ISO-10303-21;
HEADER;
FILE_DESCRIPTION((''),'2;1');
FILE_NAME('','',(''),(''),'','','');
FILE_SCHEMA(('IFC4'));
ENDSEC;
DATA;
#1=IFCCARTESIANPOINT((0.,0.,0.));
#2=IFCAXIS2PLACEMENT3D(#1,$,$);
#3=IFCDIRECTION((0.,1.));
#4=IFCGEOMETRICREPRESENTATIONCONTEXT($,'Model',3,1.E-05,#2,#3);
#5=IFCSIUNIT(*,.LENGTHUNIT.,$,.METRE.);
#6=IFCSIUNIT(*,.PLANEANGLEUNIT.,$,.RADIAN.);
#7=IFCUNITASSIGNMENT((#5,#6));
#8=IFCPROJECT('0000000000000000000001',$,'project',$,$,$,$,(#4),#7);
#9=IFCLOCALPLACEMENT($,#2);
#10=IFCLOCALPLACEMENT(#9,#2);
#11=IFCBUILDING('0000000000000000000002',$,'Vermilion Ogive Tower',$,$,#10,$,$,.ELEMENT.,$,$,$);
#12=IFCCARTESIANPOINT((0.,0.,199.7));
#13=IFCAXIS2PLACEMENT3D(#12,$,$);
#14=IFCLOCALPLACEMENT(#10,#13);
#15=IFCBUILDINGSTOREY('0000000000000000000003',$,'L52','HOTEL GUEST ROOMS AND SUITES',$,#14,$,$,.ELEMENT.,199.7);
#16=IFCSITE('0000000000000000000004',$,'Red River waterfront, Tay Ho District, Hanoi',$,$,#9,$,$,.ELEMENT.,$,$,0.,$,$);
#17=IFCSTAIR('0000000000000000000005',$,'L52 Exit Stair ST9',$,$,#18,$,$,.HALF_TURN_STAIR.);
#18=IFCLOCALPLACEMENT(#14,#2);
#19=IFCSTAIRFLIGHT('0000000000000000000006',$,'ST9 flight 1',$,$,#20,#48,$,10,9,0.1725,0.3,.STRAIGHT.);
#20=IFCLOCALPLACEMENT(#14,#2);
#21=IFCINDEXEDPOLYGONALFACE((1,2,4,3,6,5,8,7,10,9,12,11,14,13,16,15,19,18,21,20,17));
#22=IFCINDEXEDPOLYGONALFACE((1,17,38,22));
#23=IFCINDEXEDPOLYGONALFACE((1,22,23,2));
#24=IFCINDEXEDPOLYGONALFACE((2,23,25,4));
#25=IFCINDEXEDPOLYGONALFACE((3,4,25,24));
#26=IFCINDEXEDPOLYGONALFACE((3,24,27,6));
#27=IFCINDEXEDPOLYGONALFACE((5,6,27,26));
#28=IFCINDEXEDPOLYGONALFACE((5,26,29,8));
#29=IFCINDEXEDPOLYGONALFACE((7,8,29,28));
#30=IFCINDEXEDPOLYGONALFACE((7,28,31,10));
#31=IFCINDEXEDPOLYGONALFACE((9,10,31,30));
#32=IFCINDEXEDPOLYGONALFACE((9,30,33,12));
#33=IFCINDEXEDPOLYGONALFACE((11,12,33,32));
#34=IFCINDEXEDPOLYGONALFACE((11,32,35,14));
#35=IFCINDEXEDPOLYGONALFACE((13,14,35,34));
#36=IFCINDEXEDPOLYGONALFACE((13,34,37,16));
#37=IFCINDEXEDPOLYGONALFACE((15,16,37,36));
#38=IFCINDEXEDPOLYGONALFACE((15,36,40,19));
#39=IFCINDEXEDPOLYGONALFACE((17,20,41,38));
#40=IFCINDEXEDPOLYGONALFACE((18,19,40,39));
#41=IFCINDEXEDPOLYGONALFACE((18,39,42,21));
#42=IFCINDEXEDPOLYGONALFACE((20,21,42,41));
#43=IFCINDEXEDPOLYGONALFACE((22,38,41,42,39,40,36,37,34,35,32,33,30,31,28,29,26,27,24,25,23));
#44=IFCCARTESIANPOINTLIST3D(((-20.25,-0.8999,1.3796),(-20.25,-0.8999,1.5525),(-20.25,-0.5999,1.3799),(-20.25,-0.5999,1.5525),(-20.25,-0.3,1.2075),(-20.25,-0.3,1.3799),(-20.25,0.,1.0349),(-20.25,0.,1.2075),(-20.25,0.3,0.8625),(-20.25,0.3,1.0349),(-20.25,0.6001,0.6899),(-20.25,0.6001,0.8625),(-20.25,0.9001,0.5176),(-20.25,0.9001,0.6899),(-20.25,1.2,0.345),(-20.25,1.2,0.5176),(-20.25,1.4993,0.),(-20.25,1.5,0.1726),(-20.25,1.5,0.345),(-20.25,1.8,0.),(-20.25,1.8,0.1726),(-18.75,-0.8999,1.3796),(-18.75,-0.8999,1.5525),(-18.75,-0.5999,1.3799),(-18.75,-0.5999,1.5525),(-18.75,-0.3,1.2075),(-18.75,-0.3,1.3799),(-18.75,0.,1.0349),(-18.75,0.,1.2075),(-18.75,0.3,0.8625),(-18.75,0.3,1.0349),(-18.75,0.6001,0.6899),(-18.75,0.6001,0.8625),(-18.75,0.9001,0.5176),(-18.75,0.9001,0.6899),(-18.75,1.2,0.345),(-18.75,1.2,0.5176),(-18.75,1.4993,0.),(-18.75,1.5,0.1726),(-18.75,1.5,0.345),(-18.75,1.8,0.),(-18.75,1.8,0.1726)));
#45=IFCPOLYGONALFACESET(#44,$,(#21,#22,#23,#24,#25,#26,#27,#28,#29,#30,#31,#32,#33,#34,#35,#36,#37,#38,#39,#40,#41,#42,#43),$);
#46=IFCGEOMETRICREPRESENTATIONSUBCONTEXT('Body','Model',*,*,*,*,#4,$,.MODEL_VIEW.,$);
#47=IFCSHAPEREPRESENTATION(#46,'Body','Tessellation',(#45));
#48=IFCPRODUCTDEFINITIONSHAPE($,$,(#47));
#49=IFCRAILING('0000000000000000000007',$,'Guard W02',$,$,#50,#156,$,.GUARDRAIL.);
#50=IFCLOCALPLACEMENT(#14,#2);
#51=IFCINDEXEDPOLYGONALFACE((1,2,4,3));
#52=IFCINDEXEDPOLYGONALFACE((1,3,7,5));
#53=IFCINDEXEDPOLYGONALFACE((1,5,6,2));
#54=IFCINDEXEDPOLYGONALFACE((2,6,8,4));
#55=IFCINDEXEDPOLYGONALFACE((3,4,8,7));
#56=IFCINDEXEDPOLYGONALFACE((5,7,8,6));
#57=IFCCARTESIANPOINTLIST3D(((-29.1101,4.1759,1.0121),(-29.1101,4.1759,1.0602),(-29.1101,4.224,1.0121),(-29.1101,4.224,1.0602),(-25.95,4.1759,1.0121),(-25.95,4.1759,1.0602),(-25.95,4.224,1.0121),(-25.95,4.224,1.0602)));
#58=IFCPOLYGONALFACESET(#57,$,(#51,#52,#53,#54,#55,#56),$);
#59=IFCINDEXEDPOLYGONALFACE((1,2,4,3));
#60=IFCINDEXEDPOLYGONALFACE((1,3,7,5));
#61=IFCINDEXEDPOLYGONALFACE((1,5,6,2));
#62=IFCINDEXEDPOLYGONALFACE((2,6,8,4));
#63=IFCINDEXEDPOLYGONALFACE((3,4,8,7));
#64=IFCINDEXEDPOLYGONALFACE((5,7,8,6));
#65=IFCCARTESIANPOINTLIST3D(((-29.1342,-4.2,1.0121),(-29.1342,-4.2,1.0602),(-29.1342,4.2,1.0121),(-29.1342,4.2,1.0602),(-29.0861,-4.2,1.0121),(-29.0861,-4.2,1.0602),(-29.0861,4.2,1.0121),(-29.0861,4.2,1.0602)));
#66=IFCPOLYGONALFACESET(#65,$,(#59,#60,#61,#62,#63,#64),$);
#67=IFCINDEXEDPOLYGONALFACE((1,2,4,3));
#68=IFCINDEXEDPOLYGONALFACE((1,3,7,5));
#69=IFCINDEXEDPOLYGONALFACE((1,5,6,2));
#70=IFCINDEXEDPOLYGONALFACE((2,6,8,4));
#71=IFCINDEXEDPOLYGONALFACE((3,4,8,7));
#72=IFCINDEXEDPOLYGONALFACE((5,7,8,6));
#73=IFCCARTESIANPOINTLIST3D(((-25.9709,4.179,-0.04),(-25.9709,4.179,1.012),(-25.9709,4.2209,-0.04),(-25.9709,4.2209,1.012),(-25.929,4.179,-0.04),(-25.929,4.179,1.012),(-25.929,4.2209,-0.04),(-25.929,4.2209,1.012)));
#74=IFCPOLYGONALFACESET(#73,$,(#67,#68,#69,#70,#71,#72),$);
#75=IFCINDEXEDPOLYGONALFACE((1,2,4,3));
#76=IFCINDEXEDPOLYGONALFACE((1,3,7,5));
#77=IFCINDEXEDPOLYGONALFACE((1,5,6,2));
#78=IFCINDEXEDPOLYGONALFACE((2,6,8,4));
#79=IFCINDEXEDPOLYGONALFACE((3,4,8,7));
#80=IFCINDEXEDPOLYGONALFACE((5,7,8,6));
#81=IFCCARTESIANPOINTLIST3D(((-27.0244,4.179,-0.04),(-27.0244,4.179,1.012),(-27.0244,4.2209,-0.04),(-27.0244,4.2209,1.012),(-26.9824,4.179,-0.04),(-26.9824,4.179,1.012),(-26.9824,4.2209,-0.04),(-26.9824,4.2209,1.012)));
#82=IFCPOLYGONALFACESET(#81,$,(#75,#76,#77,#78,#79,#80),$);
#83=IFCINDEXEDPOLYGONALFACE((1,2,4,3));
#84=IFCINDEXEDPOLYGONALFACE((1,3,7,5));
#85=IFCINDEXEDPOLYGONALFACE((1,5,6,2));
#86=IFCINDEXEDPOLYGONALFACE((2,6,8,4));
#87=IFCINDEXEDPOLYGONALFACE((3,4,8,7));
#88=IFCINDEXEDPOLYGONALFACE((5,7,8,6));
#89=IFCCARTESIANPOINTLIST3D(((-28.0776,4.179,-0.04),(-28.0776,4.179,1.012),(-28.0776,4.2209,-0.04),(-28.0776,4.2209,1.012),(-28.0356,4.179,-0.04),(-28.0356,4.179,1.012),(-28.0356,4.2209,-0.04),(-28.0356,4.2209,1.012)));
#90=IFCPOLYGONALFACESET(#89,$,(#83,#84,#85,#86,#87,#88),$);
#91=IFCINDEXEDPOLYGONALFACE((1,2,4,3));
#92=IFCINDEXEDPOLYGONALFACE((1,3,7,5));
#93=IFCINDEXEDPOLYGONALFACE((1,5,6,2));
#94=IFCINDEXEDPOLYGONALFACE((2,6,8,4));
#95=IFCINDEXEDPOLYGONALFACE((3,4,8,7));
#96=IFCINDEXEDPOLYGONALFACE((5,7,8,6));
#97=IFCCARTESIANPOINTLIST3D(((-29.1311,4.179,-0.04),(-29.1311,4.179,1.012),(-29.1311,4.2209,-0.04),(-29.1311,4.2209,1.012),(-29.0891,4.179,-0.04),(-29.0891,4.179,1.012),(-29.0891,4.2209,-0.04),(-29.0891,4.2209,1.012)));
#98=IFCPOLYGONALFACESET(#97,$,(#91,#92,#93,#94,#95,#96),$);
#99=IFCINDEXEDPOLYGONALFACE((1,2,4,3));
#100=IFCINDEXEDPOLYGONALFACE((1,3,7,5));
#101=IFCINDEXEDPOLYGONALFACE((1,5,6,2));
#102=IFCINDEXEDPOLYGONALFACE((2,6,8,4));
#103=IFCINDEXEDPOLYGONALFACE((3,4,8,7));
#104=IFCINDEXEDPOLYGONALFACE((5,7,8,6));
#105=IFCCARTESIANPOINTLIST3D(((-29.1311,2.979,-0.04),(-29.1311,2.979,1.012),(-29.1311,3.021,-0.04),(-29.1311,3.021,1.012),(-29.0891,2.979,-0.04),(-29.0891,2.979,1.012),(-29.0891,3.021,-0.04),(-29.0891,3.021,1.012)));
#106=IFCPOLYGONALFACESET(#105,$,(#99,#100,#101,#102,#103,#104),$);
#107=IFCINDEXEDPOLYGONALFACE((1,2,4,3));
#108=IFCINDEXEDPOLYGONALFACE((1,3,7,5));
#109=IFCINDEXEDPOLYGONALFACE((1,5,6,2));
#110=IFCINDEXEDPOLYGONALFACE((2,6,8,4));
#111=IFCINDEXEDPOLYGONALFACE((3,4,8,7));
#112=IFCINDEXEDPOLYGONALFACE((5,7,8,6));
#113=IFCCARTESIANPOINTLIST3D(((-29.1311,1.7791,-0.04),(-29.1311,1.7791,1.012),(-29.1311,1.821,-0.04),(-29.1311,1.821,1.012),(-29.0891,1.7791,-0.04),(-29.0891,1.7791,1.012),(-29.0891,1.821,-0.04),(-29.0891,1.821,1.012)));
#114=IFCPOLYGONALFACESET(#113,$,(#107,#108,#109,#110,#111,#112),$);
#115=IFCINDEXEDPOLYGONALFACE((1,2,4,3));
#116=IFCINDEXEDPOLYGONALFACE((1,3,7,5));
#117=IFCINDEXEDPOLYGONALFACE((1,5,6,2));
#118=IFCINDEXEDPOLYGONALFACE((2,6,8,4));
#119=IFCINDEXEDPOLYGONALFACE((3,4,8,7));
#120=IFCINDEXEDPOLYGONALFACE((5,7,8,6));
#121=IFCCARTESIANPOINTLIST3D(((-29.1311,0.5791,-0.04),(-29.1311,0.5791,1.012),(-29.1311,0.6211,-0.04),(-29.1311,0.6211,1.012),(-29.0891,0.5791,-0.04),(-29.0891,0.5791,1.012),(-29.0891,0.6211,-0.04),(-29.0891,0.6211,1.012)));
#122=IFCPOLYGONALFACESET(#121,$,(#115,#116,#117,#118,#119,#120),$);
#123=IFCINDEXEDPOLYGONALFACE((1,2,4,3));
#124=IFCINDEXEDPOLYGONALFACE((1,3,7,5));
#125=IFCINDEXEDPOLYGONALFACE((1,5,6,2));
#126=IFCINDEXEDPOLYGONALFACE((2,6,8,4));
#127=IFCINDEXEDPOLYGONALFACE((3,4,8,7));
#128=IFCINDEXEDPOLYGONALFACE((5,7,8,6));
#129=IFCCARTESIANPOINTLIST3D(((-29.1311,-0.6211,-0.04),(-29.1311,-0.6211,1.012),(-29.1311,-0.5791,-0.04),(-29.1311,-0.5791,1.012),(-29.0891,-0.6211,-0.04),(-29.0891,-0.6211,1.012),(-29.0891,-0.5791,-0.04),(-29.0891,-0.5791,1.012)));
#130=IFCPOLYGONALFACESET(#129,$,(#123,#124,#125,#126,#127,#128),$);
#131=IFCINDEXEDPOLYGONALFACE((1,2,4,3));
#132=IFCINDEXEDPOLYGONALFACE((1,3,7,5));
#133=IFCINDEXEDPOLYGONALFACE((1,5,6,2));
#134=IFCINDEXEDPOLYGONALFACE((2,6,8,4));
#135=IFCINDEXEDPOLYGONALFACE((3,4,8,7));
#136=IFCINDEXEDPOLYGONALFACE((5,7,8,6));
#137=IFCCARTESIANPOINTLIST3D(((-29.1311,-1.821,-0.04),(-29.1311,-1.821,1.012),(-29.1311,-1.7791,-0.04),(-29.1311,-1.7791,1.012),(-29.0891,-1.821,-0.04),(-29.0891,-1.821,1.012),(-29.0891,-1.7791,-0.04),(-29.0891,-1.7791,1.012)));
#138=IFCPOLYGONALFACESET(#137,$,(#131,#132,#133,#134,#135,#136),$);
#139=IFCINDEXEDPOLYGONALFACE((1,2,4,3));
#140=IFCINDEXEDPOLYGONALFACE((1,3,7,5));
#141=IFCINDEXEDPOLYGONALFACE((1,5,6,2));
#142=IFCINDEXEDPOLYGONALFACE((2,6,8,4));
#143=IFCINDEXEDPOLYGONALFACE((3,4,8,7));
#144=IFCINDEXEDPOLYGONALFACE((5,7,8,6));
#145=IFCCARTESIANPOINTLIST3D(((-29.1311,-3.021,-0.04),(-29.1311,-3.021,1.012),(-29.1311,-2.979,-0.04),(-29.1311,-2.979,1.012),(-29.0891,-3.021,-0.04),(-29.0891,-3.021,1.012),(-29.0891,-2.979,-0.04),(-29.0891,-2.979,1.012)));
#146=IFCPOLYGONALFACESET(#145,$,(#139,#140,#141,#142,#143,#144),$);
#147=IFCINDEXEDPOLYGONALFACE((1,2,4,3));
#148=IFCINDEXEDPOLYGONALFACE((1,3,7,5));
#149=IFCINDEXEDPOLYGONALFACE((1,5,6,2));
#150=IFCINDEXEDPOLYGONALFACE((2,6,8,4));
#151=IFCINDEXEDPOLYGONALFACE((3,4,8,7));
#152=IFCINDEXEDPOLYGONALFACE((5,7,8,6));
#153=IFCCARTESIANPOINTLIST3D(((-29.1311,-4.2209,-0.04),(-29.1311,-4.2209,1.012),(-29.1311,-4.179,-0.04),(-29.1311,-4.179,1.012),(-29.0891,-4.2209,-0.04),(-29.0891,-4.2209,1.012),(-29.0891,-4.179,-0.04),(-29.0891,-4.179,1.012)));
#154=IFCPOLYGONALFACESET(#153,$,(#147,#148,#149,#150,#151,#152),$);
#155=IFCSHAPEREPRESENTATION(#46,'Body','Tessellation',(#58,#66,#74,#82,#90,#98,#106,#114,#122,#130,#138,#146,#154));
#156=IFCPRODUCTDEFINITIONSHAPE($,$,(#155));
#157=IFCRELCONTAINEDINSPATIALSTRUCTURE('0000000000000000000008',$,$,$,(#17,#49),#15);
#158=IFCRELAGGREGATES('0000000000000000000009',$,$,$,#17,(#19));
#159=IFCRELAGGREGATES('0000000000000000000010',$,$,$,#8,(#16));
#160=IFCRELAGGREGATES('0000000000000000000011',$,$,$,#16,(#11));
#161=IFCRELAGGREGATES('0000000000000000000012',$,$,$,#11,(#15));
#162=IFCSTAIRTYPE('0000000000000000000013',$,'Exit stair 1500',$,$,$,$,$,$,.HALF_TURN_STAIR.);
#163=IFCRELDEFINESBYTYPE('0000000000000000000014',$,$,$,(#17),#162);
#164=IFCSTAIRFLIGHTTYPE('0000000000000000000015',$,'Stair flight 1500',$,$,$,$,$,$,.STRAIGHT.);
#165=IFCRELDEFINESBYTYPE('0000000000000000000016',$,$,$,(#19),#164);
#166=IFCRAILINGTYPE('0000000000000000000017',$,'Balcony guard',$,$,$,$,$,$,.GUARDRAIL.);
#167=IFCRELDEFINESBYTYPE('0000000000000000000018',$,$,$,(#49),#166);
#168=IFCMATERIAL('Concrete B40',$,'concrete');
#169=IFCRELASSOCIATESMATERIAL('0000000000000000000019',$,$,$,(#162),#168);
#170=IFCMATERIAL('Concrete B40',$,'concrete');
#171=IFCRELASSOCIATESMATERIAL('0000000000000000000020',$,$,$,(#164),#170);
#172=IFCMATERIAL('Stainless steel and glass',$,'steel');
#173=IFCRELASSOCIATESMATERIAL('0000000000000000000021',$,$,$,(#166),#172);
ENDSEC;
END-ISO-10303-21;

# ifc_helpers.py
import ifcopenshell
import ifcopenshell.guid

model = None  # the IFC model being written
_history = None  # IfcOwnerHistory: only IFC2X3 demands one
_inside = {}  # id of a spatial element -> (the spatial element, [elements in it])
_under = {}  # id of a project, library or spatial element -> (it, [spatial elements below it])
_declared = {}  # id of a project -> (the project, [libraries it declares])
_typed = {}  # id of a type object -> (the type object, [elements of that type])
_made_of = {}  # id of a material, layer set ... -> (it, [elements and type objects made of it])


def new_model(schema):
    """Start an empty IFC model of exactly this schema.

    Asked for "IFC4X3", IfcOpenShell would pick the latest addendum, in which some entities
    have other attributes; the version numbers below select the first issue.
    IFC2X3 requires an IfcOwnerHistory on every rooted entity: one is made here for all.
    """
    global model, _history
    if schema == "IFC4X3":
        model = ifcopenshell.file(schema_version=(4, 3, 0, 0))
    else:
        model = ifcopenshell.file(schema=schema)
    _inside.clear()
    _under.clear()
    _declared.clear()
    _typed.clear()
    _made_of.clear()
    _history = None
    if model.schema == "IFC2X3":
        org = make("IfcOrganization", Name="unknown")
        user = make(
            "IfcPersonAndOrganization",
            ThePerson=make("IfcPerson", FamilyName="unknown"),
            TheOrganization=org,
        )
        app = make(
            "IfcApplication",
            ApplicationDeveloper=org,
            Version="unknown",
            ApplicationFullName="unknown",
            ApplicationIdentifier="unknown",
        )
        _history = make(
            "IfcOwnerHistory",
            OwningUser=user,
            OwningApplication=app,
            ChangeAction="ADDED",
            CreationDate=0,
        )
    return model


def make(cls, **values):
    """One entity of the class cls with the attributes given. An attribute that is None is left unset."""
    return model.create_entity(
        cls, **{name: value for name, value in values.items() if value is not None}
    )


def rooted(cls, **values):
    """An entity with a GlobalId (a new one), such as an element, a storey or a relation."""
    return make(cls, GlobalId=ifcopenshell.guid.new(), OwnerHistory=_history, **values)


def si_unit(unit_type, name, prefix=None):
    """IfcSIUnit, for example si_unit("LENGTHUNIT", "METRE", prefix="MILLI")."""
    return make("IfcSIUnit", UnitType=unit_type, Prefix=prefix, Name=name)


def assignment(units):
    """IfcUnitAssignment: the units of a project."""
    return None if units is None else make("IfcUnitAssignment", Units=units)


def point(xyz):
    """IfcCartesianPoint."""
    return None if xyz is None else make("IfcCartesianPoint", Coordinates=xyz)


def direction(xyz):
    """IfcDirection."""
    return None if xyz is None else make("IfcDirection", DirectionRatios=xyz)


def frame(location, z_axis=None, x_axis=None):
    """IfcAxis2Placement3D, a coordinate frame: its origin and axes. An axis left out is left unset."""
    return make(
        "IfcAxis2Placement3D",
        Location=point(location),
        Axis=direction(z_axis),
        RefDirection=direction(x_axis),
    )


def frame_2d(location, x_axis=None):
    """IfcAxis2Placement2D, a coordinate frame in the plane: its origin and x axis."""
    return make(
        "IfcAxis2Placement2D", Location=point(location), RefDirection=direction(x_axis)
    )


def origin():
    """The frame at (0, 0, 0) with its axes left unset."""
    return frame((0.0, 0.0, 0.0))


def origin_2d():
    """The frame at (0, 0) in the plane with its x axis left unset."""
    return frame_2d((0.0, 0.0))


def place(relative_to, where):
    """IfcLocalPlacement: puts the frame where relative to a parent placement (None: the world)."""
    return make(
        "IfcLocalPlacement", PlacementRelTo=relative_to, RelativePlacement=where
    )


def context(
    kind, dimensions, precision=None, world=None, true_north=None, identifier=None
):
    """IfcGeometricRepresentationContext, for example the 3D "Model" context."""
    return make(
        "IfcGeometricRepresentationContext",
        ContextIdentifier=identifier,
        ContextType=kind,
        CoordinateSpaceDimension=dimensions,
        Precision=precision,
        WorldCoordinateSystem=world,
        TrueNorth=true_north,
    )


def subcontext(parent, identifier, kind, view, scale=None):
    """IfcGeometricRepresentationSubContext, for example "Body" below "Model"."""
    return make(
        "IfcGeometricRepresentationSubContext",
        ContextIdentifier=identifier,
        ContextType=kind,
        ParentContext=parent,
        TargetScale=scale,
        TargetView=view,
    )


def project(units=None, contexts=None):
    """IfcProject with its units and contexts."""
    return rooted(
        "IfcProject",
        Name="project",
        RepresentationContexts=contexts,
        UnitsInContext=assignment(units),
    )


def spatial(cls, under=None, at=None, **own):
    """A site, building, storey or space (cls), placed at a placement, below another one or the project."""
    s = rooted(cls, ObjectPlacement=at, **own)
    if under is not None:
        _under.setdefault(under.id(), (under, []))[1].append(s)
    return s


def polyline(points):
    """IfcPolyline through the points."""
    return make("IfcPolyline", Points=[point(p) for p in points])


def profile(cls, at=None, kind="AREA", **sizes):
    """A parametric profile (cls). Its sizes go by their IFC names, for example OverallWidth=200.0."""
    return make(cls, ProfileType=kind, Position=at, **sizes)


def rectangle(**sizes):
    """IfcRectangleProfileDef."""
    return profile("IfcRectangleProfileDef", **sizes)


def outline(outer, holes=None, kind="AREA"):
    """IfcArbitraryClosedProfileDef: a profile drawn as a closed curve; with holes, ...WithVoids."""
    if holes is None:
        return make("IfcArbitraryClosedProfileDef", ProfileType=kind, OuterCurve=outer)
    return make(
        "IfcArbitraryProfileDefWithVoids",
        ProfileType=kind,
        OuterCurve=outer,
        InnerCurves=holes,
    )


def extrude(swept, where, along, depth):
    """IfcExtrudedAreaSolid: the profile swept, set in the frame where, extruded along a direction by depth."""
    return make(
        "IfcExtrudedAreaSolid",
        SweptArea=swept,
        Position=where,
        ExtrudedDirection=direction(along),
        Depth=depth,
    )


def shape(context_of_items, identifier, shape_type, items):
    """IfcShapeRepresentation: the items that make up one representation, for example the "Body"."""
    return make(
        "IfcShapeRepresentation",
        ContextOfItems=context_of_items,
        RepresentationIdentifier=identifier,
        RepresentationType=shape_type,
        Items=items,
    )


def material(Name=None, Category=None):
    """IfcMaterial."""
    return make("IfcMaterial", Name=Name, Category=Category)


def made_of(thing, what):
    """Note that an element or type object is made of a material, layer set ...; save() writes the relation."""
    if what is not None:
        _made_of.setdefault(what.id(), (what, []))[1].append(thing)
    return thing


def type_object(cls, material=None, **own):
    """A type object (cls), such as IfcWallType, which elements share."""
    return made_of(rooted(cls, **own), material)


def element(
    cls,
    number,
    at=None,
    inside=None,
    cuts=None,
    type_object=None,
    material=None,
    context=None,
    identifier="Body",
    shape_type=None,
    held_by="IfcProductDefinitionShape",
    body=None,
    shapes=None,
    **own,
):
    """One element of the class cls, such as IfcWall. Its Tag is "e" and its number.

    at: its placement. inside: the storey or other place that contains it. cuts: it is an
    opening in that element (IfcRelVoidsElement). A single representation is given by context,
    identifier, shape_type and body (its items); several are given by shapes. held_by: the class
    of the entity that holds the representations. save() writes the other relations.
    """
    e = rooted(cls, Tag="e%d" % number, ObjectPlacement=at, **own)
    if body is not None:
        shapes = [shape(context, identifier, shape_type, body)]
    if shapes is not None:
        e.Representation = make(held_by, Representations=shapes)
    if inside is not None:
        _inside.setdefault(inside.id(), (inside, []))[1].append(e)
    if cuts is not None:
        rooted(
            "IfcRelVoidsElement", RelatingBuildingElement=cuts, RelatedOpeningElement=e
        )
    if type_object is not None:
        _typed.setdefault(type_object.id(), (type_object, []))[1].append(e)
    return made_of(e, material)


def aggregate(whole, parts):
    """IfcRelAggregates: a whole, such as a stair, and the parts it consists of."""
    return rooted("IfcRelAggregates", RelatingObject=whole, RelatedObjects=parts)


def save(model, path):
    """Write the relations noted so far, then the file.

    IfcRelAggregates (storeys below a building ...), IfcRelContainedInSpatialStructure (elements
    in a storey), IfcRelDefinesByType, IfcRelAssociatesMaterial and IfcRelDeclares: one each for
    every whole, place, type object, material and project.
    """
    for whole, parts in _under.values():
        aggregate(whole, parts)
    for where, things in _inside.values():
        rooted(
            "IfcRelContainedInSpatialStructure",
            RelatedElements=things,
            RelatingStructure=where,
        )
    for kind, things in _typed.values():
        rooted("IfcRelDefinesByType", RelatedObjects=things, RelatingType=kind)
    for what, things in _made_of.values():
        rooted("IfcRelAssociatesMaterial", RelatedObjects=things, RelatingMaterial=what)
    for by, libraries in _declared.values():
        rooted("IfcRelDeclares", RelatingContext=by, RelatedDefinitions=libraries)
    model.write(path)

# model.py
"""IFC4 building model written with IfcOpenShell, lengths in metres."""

from ifc_helpers import new_model, si_unit, direction, frame, origin, origin_2d, place, context, subcontext, project, spatial, polyline, rectangle, outline, extrude, material, type_object, element, aggregate, save


model = new_model("IFC4")

# Units and contexts
model_context = context("Model", 3, precision=1e-05, world=origin(), true_north=direction((0.0, 1.0)))
body_context = subcontext(model_context, "Body", "Model", "MODEL_VIEW")
ifc_project = project(units=[si_unit("LENGTHUNIT", "METRE"), si_unit("PLANEANGLEUNIT", "RADIAN")], contexts=[model_context])

# Site, building, storey
site_placement = place(None, origin())
site = spatial("IfcSite", under=ifc_project, at=site_placement, Name="Red River waterfront, Tay Ho District, Hanoi", CompositionType="ELEMENT", RefElevation=0.0)
building_placement = place(site_placement, origin())
building = spatial("IfcBuilding", under=site, at=building_placement, Name="Vermilion Ogive Tower", CompositionType="ELEMENT")
storey_placement = place(building_placement, frame((0.0, 0.0, 199.7)))
storey = spatial("IfcBuildingStorey", under=building, at=storey_placement, Name="L52", Description="HOTEL GUEST ROOMS AND SUITES", CompositionType="ELEMENT", Elevation=199.7)

# Stair, stair flight
ifc_material_1 = material(Name="Concrete B40", Category="concrete")
stair_type = type_object("IfcStairType", Name="Exit stair 1500", PredefinedType="HALF_TURN_STAIR", material=ifc_material_1)
stair_placement = place(storey_placement, origin())
stair = element("IfcStair", 1, at=stair_placement, inside=storey, type_object=stair_type, Name="L52 Exit Stair ST9", PredefinedType="HALF_TURN_STAIR")
ifc_material_2 = material(Name="Concrete B40", Category="concrete")
stair_flight_type = type_object("IfcStairFlightType", Name="Stair flight 1500", PredefinedType="STRAIGHT", material=ifc_material_2)
stair_flight_placement = place(storey_placement, frame((-19.5, 1.8, 0.0), z_axis=(0.0, 0.0, 1.0), x_axis=(0.0, -1.0, 0.0)))
stair_flight = element("IfcStairFlight", 2, at=stair_flight_placement, type_object=stair_flight_type, Name="ST9 flight 1", NumberOfRisers=10, NumberOfTreads=9, PredefinedType="STRAIGHT", RiserHeight=0.1725, TreadLength=0.3, context=body_context, shape_type="SweptSolid", body=[
    extrude(outline(polyline([(0.0, 0.0), (0.0, 0.1726), (0.3, 0.1726), (0.3, 0.345), (0.6001, 0.345), (0.6001, 0.5176), (0.8999, 0.5176), (0.8999, 0.6899), (1.2, 0.6899), (1.2, 0.8625), (1.5, 0.8625), (1.5, 1.0349), (1.8, 1.0349), (1.8, 1.2075), (2.1001, 1.2075), (2.1001, 1.3799), (2.3999, 1.3799), (2.3999, 1.5525), (2.7, 1.5525), (2.7, 1.7251), (2.7, 1.3796), (0.3008, 0.0), (0.0, 0.0)])), frame((0.0, 0.75, 0.0), z_axis=(0.0, -1.0, 0.0), x_axis=(1.0, 0.0, 0.0)), (0.0, 0.0, 1.0), 1.5),
])
aggregate(stair, [stair_flight])

# Railing
ifc_material_3 = material(Name="Stainless steel and glass", Category="steel")
railing_type_1 = type_object("IfcRailingType", Name="Balcony guard", PredefinedType="GUARDRAIL", material=ifc_material_3)
railing_1_placement = place(storey_placement, frame((-25.95, 4.2, -0.04)))
element("IfcRailing", 3, at=railing_1_placement, inside=storey, type_object=railing_type_1, Name="Guard W02", PredefinedType="GUARDRAIL", context=body_context, shape_type="SweptSolid", body=[
    extrude(rectangle(XDim=0.0481, YDim=0.0481, at=origin_2d()), frame((0.0, 0.0, 1.0762), z_axis=(-1.0, 0.0, 0.0), x_axis=(0.0, -1.0, 0.0)), (0.0, 0.0, 1.0), 3.1602),
    extrude(rectangle(XDim=0.0481, YDim=0.0481, at=origin_2d()), frame((-3.1602, 0.0, 1.0762), z_axis=(0.0, -1.0, 0.0), x_axis=(1.0, 0.0, 0.0)), (0.0, 0.0, 1.0), 8.3999),
    extrude(rectangle(XDim=0.042, YDim=0.042, at=origin_2d()), origin(), (0.0, 0.0, 1.0), 1.052),
    extrude(rectangle(XDim=0.042, YDim=0.042, at=origin_2d()), frame((-1.0535, 0.0, 0.0)), (0.0, 0.0, 1.0), 1.052),
    extrude(rectangle(XDim=0.042, YDim=0.042, at=origin_2d()), frame((-2.1067, 0.0, 0.0)), (0.0, 0.0, 1.0), 1.052),
    extrude(rectangle(XDim=0.042, YDim=0.042, at=origin_2d()), frame((-3.1602, 0.0, 0.0)), (0.0, 0.0, 1.0), 1.052),
    extrude(rectangle(XDim=0.042, YDim=0.042, at=origin_2d()), frame((-3.1602, -1.2, 0.0)), (0.0, 0.0, 1.0), 1.052),
    extrude(rectangle(XDim=0.042, YDim=0.042, at=origin_2d()), frame((-3.1602, -2.3999, 0.0)), (0.0, 0.0, 1.0), 1.052),
    extrude(rectangle(XDim=0.042, YDim=0.042, at=origin_2d()), frame((-3.1602, -3.5999, 0.0)), (0.0, 0.0, 1.0), 1.052),
    extrude(rectangle(XDim=0.042, YDim=0.042, at=origin_2d()), frame((-3.1602, -4.8, 0.0)), (0.0, 0.0, 1.0), 1.052),
    extrude(rectangle(XDim=0.042, YDim=0.042, at=origin_2d()), frame((-3.1602, -6.0, 0.0)), (0.0, 0.0, 1.0), 1.052),
    extrude(rectangle(XDim=0.042, YDim=0.042, at=origin_2d()), frame((-3.1602, -7.2, 0.0)), (0.0, 0.0, 1.0), 1.052),
    extrude(rectangle(XDim=0.042, YDim=0.042, at=origin_2d()), frame((-3.1602, -8.3999, 0.0)), (0.0, 0.0, 1.0), 1.052),
])

save(model, "model.ifc")
